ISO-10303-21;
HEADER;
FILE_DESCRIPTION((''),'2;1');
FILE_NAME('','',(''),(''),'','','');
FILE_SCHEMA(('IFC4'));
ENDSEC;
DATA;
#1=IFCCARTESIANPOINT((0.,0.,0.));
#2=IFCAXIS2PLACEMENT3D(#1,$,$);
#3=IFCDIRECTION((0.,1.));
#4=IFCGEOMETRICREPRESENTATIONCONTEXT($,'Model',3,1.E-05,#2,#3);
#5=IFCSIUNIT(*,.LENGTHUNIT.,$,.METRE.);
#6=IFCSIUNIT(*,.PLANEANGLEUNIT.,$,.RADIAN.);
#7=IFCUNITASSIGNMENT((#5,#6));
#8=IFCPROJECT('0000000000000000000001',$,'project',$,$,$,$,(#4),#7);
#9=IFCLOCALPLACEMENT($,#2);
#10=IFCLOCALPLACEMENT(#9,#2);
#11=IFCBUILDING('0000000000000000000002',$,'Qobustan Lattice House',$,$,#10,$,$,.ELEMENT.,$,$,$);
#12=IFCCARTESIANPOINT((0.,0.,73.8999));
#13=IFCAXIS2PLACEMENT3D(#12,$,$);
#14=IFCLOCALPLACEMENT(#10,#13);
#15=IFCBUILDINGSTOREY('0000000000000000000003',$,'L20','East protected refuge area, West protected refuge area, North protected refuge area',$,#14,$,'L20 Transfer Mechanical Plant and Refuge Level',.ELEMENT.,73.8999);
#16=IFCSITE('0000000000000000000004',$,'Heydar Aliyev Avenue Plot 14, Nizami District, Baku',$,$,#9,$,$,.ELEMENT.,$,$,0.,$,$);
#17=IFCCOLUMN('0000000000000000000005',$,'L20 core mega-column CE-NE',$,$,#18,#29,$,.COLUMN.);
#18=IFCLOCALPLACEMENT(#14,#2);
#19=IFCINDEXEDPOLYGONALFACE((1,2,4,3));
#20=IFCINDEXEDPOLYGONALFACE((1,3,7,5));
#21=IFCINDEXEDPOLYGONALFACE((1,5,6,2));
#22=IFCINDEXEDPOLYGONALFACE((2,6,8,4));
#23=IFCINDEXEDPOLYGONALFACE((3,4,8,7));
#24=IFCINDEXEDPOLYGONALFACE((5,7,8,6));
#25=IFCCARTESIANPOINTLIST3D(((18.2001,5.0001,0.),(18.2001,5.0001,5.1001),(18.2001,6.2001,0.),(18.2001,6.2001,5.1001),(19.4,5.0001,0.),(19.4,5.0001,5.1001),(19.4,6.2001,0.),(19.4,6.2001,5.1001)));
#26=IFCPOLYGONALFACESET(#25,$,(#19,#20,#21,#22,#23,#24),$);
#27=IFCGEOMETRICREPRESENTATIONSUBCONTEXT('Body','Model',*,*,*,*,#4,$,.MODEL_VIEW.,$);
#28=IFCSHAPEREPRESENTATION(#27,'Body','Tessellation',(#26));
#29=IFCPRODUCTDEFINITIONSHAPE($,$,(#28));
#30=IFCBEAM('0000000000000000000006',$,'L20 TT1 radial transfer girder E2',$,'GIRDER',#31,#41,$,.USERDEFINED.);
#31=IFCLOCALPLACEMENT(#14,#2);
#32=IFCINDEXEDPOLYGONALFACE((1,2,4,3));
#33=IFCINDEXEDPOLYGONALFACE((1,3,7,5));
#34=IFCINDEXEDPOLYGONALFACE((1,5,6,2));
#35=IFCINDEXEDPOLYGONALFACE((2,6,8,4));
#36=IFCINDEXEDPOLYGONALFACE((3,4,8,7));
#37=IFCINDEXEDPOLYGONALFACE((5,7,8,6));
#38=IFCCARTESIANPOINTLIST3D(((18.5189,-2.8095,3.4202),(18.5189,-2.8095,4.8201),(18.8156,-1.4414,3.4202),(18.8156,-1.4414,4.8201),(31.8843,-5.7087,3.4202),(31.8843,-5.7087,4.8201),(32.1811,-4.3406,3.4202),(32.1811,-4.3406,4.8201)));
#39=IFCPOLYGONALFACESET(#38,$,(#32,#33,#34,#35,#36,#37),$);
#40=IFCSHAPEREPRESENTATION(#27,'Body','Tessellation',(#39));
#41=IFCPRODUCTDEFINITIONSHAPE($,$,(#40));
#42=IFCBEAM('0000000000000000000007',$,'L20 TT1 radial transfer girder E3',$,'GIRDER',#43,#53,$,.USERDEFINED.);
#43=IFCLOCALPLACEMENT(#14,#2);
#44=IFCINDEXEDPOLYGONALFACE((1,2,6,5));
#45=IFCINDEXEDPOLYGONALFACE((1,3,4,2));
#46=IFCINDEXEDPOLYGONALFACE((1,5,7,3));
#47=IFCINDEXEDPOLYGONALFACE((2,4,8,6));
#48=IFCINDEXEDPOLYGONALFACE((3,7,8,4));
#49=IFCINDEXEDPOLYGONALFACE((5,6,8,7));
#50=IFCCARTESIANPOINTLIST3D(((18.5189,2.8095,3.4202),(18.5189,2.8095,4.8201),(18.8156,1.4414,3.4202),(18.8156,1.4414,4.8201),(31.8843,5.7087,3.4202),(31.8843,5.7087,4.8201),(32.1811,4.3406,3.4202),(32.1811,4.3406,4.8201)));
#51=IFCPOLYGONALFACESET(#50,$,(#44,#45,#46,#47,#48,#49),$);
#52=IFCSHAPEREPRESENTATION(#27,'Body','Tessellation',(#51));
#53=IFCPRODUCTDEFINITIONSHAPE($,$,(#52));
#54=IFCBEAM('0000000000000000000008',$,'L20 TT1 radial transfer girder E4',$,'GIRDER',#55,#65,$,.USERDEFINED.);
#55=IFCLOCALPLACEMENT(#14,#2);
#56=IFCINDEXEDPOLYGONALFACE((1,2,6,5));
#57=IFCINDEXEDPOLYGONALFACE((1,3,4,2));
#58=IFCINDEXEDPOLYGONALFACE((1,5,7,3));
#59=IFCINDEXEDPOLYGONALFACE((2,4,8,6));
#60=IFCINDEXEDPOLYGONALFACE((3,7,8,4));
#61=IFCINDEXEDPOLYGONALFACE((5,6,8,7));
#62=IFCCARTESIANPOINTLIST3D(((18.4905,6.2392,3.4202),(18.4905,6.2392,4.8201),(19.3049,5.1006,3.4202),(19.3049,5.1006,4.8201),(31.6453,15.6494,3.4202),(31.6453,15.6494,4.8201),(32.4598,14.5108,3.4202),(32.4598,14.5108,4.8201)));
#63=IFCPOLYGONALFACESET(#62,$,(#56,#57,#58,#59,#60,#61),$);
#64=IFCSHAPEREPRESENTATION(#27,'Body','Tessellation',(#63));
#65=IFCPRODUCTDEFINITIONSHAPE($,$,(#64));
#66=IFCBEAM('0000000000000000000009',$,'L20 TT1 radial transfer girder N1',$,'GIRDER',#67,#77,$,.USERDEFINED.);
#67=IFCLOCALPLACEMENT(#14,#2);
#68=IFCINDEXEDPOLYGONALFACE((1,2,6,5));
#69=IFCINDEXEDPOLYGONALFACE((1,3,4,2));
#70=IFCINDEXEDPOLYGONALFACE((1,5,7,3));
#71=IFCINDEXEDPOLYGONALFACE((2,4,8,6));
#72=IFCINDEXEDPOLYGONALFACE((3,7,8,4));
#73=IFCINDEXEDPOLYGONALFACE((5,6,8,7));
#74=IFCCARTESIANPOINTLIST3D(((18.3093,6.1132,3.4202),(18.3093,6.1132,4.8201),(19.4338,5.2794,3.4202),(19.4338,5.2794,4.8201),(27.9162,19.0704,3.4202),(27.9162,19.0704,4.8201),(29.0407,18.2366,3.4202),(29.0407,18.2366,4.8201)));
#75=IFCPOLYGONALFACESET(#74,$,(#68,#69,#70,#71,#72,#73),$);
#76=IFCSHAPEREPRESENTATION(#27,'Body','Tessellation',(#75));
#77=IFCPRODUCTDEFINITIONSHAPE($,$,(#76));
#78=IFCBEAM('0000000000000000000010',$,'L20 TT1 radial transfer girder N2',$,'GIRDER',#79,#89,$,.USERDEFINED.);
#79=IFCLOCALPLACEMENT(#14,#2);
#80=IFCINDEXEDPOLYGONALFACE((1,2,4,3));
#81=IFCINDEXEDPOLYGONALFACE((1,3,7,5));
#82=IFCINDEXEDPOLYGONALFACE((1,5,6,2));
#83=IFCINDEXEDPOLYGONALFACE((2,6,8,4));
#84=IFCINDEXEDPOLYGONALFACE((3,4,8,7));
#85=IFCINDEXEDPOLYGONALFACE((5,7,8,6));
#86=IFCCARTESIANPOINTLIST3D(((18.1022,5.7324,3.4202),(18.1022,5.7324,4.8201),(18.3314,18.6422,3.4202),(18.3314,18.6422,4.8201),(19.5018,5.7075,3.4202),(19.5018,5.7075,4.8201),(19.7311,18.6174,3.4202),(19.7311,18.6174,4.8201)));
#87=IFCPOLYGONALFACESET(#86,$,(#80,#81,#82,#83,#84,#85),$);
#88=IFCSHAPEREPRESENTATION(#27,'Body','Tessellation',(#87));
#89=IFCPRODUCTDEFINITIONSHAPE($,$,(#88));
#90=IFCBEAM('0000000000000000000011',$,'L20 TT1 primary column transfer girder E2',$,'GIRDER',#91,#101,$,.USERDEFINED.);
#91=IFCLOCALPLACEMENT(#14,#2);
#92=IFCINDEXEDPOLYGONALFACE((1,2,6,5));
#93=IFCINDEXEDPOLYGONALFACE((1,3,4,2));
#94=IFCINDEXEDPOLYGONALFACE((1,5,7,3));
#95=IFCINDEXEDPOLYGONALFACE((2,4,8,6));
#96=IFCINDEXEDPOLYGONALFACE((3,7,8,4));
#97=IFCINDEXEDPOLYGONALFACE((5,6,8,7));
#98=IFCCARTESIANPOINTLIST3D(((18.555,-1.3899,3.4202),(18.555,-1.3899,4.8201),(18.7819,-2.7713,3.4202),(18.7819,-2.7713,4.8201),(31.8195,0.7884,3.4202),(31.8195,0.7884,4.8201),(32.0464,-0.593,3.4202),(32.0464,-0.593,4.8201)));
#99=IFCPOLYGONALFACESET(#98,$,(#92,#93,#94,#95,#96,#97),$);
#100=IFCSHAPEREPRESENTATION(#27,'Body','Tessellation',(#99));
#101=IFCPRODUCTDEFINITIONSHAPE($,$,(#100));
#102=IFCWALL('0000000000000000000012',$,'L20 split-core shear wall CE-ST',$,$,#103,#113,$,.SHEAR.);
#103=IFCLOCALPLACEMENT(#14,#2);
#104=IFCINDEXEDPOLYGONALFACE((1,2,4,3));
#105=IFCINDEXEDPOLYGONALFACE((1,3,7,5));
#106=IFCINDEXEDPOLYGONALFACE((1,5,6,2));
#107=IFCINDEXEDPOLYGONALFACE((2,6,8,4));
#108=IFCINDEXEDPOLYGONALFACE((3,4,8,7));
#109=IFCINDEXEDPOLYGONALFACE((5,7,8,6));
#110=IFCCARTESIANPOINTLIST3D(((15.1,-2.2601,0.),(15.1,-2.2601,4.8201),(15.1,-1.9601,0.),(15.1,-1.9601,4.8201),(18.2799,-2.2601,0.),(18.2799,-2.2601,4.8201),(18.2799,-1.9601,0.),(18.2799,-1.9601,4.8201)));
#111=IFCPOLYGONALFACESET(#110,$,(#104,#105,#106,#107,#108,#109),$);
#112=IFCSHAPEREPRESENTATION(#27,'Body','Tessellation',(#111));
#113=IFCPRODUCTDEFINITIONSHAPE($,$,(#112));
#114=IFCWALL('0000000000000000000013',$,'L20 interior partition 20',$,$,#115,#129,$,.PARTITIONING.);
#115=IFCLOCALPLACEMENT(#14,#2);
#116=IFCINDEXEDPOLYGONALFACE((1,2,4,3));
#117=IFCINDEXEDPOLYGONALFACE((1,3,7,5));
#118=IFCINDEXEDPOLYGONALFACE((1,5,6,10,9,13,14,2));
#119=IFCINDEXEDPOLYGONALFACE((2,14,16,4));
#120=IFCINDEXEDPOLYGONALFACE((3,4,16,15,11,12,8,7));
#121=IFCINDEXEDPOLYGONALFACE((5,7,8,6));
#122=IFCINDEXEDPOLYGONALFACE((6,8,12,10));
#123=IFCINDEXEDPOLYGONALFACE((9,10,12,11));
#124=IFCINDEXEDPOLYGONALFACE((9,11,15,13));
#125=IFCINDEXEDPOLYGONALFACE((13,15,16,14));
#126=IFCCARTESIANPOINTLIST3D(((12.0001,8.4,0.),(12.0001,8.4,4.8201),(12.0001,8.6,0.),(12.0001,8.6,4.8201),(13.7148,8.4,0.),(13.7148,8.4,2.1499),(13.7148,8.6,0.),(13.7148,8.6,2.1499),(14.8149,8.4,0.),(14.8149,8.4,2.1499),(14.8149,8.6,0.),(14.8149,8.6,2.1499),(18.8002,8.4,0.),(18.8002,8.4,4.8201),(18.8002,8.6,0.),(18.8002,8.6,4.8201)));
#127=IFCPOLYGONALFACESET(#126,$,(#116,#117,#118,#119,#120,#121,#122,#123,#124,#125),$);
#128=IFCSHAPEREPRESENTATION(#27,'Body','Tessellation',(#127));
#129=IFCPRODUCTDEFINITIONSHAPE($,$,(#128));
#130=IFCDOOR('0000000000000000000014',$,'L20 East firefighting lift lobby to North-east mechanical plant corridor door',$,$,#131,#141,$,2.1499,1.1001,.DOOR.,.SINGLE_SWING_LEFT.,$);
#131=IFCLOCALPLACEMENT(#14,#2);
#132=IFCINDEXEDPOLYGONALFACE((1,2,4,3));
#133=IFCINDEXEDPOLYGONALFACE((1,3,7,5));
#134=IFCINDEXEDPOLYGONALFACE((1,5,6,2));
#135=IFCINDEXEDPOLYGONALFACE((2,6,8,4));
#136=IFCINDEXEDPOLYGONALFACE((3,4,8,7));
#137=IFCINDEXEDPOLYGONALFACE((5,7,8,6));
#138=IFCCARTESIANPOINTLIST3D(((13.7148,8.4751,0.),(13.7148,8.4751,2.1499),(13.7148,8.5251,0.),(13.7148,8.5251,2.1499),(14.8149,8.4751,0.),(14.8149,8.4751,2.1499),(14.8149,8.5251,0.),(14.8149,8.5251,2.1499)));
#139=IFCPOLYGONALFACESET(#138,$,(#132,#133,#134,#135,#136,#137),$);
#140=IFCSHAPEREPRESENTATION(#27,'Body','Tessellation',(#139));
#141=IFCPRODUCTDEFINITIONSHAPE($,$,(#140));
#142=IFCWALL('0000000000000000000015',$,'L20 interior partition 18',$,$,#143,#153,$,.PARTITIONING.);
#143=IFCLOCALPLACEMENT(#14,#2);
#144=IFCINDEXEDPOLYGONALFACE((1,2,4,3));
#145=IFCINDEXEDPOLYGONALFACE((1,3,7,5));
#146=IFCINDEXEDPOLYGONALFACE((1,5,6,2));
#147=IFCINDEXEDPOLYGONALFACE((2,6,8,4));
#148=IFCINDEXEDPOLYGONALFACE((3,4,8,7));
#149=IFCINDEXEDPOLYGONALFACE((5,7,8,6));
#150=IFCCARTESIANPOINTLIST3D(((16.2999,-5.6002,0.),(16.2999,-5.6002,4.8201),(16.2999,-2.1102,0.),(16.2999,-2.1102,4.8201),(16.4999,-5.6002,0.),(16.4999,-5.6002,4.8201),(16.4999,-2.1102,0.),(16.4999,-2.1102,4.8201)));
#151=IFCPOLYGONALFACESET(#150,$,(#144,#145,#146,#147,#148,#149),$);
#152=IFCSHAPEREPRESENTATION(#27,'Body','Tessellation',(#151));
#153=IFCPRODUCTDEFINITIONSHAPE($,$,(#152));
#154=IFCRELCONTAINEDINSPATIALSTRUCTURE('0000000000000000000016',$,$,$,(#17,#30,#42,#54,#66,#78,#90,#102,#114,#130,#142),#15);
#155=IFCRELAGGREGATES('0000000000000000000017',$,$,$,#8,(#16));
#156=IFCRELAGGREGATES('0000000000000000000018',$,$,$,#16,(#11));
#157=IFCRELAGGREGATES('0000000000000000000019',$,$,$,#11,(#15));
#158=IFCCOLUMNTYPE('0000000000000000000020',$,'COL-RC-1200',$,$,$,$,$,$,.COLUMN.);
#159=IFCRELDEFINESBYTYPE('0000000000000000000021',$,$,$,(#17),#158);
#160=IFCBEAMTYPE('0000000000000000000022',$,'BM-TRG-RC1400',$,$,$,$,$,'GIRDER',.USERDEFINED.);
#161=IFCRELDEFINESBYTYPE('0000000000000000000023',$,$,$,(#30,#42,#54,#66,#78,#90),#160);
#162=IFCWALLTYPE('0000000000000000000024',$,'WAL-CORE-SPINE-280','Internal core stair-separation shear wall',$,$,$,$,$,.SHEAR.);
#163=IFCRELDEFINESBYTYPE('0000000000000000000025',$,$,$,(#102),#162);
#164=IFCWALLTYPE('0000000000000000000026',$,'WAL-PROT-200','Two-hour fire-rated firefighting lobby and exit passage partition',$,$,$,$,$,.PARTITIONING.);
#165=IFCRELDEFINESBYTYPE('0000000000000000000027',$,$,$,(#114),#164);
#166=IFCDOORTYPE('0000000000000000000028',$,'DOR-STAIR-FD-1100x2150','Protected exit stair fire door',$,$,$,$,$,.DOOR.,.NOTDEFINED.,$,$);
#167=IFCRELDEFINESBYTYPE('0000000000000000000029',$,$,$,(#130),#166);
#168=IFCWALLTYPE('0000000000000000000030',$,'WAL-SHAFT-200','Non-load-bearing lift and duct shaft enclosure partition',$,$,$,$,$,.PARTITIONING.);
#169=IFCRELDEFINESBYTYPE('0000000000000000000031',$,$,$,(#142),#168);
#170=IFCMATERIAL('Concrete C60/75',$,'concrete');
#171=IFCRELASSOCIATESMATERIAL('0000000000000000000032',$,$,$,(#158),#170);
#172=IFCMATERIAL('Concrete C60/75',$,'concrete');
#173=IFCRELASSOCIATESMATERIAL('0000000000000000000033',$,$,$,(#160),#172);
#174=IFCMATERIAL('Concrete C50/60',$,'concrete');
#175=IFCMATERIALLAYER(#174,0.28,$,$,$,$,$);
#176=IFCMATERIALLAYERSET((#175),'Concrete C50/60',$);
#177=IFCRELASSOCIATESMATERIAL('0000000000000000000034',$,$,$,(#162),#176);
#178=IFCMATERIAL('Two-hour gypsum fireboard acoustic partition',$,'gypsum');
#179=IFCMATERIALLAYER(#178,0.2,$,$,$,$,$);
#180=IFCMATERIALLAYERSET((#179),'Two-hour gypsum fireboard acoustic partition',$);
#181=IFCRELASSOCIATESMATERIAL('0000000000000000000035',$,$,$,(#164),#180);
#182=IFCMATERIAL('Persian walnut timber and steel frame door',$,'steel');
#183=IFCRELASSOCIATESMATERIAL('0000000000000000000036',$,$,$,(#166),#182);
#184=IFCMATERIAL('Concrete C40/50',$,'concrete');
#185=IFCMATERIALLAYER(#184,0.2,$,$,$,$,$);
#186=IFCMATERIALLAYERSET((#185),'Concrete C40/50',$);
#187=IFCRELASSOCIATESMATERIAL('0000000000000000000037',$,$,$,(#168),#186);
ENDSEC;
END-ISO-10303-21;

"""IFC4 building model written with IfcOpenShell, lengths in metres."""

from ifc_helpers import new_model, si_unit, direction, frame, frame_2d, origin, origin_2d, place, context, subcontext, project, spatial, rectangle, extrude, material, layer, layer_set, material_profile, profile_set, type_object, element, fill, save


model = new_model("IFC4")

# Units and contexts
model_context = context("Model", 3, precision=1e-05, world=origin(), true_north=direction((0.0, 1.0)))
body_context = subcontext(model_context, "Body", "Model", "MODEL_VIEW")
ifc_project = project(units=[si_unit("LENGTHUNIT", "METRE"), si_unit("PLANEANGLEUNIT", "RADIAN")], contexts=[model_context])

# Site, building, storey
site_placement = place(None, origin())
site = spatial("IfcSite", under=ifc_project, at=site_placement, Name="Heydar Aliyev Avenue Plot 14, Nizami District, Baku", CompositionType="ELEMENT", RefElevation=0.0)
building_placement = place(site_placement, origin())
building = spatial("IfcBuilding", under=site, at=building_placement, Name="Qobustan Lattice House", CompositionType="ELEMENT")
storey_placement = place(building_placement, frame((0.0, 0.0, 73.8999)))
storey = spatial("IfcBuildingStorey", under=building, at=storey_placement, Name="L20", Description="East protected refuge area, West protected refuge area, North protected refuge area", LongName="L20 Transfer Mechanical Plant and Refuge Level", CompositionType="ELEMENT", Elevation=73.8999)

# Column
ifc_material_1 = material(Name="Concrete C60/75", Category="concrete")
ifc_material_profile_1 = material_profile(ifc_material_1, rectangle(XDim=1.2, YDim=1.2, at=origin_2d()), Name="RC1200x1200")
ifc_profile_set_1 = profile_set([ifc_material_profile_1], Name="Concrete C60/75")
column_type = type_object("IfcColumnType", Name="COL-RC-1200", PredefinedType="COLUMN", material=ifc_profile_set_1)
column_placement = place(storey_placement, frame((18.8, 5.6001, 0.0), z_axis=(0.0, 0.0, 1.0), x_axis=(1.0, 0.0, 0.0)))
element("IfcColumn", 1, at=column_placement, inside=storey, type_object=column_type, Name="L20 core mega-column CE-NE", PredefinedType="COLUMN", context=body_context, shape_type="SweptSolid", body=[
    extrude(rectangle(XDim=1.2, YDim=1.2, at=origin_2d()), origin(), (0.0, 0.0, 1.0), 5.1001),
])

# Beams
ifc_material_2 = material(Name="Concrete C60/75", Category="concrete")
ifc_material_profile_2 = material_profile(ifc_material_2, rectangle(XDim=1.3999, YDim=1.3999, at=origin_2d()), Name="RC1400x1400")
ifc_profile_set_2 = profile_set([ifc_material_profile_2], Name="Concrete C60/75")
beam_type = type_object("IfcBeamType", Name="BM-TRG-RC1400", ElementType="GIRDER", PredefinedType="USERDEFINED", material=ifc_profile_set_2)
for number, where, z_axis, x_axis, name in (
    (2, (18.6672, -2.1255, 4.1201), (0.977273, -0.211985, 0.0), (0.211985, 0.977273, 0.0), "L20 TT1 radial transfer girder E2"),
    (3, (18.6672, 2.1255, 4.1201), (0.977273, 0.211985, 0.0), (-0.211985, 0.977273, 0.0), "L20 TT1 radial transfer girder E3"),
):
    element("IfcBeam", number, at=place(storey_placement, frame(where, z_axis=z_axis, x_axis=x_axis)), inside=storey, type_object=beam_type, Name=name, ObjectType="GIRDER", PredefinedType="USERDEFINED", context=body_context, shape_type="SweptSolid", body=[
        extrude(rectangle(XDim=1.3999, YDim=1.3999, at=origin_2d()), origin(), (0.0, 0.0, 1.0), 13.6763),
    ])
beam_1_placement = place(storey_placement, frame((18.8977, 5.6699, 4.1201), z_axis=(0.813327, 0.581806, 0.0), x_axis=(-0.581806, 0.813327, 0.0)))
element("IfcBeam", 4, at=beam_1_placement, inside=storey, type_object=beam_type, Name="L20 TT1 radial transfer girder E4", ObjectType="GIRDER", PredefinedType="USERDEFINED", context=body_context, shape_type="SweptSolid", body=[
    extrude(rectangle(XDim=1.3999, YDim=1.3999, at=origin_2d()), origin(), (0.0, 0.0, 1.0), 16.1741),
])
beam_2_placement = place(storey_placement, frame((18.8716, 5.6963, 4.1201), z_axis=(0.595586, 0.803292, 0.0), x_axis=(-0.803292, 0.595586, 0.0)))
element("IfcBeam", 5, at=beam_2_placement, inside=storey, type_object=beam_type, Name="L20 TT1 radial transfer girder N1", ObjectType="GIRDER", PredefinedType="USERDEFINED", context=body_context, shape_type="SweptSolid", body=[
    extrude(rectangle(XDim=1.3999, YDim=1.3999, at=origin_2d()), origin(), (0.0, 0.0, 1.0), 16.1301),
])
beam_3_placement = place(storey_placement, frame((18.802, 5.72, 4.1201), z_axis=(0.017755, 0.999842, 0.0), x_axis=(-0.999842, 0.017755, 0.0)))
element("IfcBeam", 6, at=beam_3_placement, inside=storey, type_object=beam_type, Name="L20 TT1 radial transfer girder N2", ObjectType="GIRDER", PredefinedType="USERDEFINED", context=body_context, shape_type="SweptSolid", body=[
    extrude(rectangle(XDim=1.3999, YDim=1.3999, at=origin_2d()), origin(), (0.0, 0.0, 1.0), 12.9119),
])
beam_4_placement = place(storey_placement, frame((18.6685, -2.0806, 4.1201), z_axis=(0.986783, 0.162045, 0.0), x_axis=(-0.162045, 0.986783, 0.0)))
element("IfcBeam", 7, at=beam_4_placement, inside=storey, type_object=beam_type, Name="L20 TT1 primary column transfer girder E2", ObjectType="GIRDER", PredefinedType="USERDEFINED", context=body_context, shape_type="SweptSolid", body=[
    extrude(rectangle(XDim=1.3999, YDim=1.3999, at=origin_2d()), origin(), (0.0, 0.0, 1.0), 13.4421),
])

# Wall
ifc_material_3 = material(Name="Concrete C50/60", Category="concrete")
ifc_layer_1 = layer(ifc_material_3, 0.28)
ifc_layer_set_1 = layer_set([ifc_layer_1], Name="Concrete C50/60")
wall_type_1 = type_object("IfcWallType", Name="WAL-CORE-SPINE-280", Description="Internal core stair-separation shear wall", PredefinedType="SHEAR", material=ifc_layer_set_1)
wall_1_placement = place(storey_placement, frame((15.1001, -2.1101, 0.0), z_axis=(0.0, 0.0, 1.0), x_axis=(1.0, 0.0, 0.0)))
element("IfcWall", 8, at=wall_1_placement, inside=storey, type_object=wall_type_1, Name="L20 split-core shear wall CE-ST", PredefinedType="SHEAR", context=body_context, shape_type="SweptSolid", body=[
    extrude(rectangle(XDim=3.1799, YDim=0.3, at=frame_2d((1.5898, 0.0))), origin(), (0.0, 0.0, 1.0), 4.8201),
])

# Wall, opening, door
ifc_material_4 = material(Name="Two-hour gypsum fireboard acoustic partition", Category="gypsum")
ifc_layer_2 = layer(ifc_material_4, 0.2)
ifc_layer_set_2 = layer_set([ifc_layer_2], Name="Two-hour gypsum fireboard acoustic partition")
wall_type_2 = type_object("IfcWallType", Name="WAL-PROT-200", Description="Two-hour fire-rated firefighting lobby and exit passage partition", PredefinedType="PARTITIONING", material=ifc_layer_set_2)
wall_2_placement = place(storey_placement, frame((18.8, 8.5, 0.0), z_axis=(0.0, 0.0, 1.0), x_axis=(-1.0, 0.0, 0.0)))
wall_2 = element("IfcWall", 9, at=wall_2_placement, inside=storey, type_object=wall_type_2, Name="L20 interior partition 20", PredefinedType="PARTITIONING", context=body_context, shape_type="SweptSolid", body=[
    extrude(rectangle(XDim=6.8, YDim=0.2, at=frame_2d((3.3999, 0.0))), origin(), (0.0, 0.0, 1.0), 4.8201),
])
opening_1_placement = place(wall_2_placement, frame((3.9851, 0.0, 0.0)))
opening_1 = element("IfcOpeningElement", 10, at=opening_1_placement, cuts=wall_2, PredefinedType="OPENING", context=body_context, shape_type="SweptSolid", body=[
    extrude(rectangle(XDim=1.1001, YDim=2.1499, at=frame_2d((0.55, 1.075))), frame((0.0, 0.1099, 0.0), z_axis=(0.0, -1.0, 0.0), x_axis=(1.0, 0.0, 0.0)), (0.0, 0.0, 1.0), 0.22),
])
ifc_material_5 = material(Name="Persian walnut timber and steel frame door", Category="steel")
door_type = type_object("IfcDoorType", Name="DOR-STAIR-FD-1100x2150", Description="Protected exit stair fire door", OperationType="NOTDEFINED", PredefinedType="DOOR", material=ifc_material_5)
door_1_placement = place(opening_1_placement, origin())
door_1 = element("IfcDoor", 11, at=door_1_placement, inside=storey, type_object=door_type, Name="L20 East firefighting lift lobby to North-east mechanical plant corridor door", OperationType="SINGLE_SWING_LEFT", OverallHeight=2.1499, OverallWidth=1.1001, PredefinedType="DOOR", context=body_context, shape_type="SweptSolid", body=[
    extrude(rectangle(XDim=1.1001, YDim=2.1499, at=frame_2d((0.55, 1.075))), frame((0.0, 0.0249, 0.0), z_axis=(0.0, -1.0, 0.0), x_axis=(1.0, 0.0, 0.0)), (0.0, 0.0, 1.0), 0.05),
])
fill(opening_1, door_1)

# Wall
ifc_material_6 = material(Name="Concrete C40/50", Category="concrete")
ifc_layer_3 = layer(ifc_material_6, 0.2)
ifc_layer_set_3 = layer_set([ifc_layer_3], Name="Concrete C40/50")
wall_type_3 = type_object("IfcWallType", Name="WAL-SHAFT-200", Description="Non-load-bearing lift and duct shaft enclosure partition", PredefinedType="PARTITIONING", material=ifc_layer_set_3)
wall_3_placement = place(storey_placement, frame((16.3999, -2.1101, 0.0), z_axis=(0.0, 0.0, 1.0), x_axis=(0.0, -1.0, 0.0)))
element("IfcWall", 12, at=wall_3_placement, inside=storey, type_object=wall_type_3, Name="L20 interior partition 18", PredefinedType="PARTITIONING", context=body_context, shape_type="SweptSolid", body=[
    extrude(rectangle(XDim=3.49, YDim=0.2, at=frame_2d((1.7451, 0.0))), origin(), (0.0, 0.0, 1.0), 4.8201),
])

save(model, "model.ifc")
